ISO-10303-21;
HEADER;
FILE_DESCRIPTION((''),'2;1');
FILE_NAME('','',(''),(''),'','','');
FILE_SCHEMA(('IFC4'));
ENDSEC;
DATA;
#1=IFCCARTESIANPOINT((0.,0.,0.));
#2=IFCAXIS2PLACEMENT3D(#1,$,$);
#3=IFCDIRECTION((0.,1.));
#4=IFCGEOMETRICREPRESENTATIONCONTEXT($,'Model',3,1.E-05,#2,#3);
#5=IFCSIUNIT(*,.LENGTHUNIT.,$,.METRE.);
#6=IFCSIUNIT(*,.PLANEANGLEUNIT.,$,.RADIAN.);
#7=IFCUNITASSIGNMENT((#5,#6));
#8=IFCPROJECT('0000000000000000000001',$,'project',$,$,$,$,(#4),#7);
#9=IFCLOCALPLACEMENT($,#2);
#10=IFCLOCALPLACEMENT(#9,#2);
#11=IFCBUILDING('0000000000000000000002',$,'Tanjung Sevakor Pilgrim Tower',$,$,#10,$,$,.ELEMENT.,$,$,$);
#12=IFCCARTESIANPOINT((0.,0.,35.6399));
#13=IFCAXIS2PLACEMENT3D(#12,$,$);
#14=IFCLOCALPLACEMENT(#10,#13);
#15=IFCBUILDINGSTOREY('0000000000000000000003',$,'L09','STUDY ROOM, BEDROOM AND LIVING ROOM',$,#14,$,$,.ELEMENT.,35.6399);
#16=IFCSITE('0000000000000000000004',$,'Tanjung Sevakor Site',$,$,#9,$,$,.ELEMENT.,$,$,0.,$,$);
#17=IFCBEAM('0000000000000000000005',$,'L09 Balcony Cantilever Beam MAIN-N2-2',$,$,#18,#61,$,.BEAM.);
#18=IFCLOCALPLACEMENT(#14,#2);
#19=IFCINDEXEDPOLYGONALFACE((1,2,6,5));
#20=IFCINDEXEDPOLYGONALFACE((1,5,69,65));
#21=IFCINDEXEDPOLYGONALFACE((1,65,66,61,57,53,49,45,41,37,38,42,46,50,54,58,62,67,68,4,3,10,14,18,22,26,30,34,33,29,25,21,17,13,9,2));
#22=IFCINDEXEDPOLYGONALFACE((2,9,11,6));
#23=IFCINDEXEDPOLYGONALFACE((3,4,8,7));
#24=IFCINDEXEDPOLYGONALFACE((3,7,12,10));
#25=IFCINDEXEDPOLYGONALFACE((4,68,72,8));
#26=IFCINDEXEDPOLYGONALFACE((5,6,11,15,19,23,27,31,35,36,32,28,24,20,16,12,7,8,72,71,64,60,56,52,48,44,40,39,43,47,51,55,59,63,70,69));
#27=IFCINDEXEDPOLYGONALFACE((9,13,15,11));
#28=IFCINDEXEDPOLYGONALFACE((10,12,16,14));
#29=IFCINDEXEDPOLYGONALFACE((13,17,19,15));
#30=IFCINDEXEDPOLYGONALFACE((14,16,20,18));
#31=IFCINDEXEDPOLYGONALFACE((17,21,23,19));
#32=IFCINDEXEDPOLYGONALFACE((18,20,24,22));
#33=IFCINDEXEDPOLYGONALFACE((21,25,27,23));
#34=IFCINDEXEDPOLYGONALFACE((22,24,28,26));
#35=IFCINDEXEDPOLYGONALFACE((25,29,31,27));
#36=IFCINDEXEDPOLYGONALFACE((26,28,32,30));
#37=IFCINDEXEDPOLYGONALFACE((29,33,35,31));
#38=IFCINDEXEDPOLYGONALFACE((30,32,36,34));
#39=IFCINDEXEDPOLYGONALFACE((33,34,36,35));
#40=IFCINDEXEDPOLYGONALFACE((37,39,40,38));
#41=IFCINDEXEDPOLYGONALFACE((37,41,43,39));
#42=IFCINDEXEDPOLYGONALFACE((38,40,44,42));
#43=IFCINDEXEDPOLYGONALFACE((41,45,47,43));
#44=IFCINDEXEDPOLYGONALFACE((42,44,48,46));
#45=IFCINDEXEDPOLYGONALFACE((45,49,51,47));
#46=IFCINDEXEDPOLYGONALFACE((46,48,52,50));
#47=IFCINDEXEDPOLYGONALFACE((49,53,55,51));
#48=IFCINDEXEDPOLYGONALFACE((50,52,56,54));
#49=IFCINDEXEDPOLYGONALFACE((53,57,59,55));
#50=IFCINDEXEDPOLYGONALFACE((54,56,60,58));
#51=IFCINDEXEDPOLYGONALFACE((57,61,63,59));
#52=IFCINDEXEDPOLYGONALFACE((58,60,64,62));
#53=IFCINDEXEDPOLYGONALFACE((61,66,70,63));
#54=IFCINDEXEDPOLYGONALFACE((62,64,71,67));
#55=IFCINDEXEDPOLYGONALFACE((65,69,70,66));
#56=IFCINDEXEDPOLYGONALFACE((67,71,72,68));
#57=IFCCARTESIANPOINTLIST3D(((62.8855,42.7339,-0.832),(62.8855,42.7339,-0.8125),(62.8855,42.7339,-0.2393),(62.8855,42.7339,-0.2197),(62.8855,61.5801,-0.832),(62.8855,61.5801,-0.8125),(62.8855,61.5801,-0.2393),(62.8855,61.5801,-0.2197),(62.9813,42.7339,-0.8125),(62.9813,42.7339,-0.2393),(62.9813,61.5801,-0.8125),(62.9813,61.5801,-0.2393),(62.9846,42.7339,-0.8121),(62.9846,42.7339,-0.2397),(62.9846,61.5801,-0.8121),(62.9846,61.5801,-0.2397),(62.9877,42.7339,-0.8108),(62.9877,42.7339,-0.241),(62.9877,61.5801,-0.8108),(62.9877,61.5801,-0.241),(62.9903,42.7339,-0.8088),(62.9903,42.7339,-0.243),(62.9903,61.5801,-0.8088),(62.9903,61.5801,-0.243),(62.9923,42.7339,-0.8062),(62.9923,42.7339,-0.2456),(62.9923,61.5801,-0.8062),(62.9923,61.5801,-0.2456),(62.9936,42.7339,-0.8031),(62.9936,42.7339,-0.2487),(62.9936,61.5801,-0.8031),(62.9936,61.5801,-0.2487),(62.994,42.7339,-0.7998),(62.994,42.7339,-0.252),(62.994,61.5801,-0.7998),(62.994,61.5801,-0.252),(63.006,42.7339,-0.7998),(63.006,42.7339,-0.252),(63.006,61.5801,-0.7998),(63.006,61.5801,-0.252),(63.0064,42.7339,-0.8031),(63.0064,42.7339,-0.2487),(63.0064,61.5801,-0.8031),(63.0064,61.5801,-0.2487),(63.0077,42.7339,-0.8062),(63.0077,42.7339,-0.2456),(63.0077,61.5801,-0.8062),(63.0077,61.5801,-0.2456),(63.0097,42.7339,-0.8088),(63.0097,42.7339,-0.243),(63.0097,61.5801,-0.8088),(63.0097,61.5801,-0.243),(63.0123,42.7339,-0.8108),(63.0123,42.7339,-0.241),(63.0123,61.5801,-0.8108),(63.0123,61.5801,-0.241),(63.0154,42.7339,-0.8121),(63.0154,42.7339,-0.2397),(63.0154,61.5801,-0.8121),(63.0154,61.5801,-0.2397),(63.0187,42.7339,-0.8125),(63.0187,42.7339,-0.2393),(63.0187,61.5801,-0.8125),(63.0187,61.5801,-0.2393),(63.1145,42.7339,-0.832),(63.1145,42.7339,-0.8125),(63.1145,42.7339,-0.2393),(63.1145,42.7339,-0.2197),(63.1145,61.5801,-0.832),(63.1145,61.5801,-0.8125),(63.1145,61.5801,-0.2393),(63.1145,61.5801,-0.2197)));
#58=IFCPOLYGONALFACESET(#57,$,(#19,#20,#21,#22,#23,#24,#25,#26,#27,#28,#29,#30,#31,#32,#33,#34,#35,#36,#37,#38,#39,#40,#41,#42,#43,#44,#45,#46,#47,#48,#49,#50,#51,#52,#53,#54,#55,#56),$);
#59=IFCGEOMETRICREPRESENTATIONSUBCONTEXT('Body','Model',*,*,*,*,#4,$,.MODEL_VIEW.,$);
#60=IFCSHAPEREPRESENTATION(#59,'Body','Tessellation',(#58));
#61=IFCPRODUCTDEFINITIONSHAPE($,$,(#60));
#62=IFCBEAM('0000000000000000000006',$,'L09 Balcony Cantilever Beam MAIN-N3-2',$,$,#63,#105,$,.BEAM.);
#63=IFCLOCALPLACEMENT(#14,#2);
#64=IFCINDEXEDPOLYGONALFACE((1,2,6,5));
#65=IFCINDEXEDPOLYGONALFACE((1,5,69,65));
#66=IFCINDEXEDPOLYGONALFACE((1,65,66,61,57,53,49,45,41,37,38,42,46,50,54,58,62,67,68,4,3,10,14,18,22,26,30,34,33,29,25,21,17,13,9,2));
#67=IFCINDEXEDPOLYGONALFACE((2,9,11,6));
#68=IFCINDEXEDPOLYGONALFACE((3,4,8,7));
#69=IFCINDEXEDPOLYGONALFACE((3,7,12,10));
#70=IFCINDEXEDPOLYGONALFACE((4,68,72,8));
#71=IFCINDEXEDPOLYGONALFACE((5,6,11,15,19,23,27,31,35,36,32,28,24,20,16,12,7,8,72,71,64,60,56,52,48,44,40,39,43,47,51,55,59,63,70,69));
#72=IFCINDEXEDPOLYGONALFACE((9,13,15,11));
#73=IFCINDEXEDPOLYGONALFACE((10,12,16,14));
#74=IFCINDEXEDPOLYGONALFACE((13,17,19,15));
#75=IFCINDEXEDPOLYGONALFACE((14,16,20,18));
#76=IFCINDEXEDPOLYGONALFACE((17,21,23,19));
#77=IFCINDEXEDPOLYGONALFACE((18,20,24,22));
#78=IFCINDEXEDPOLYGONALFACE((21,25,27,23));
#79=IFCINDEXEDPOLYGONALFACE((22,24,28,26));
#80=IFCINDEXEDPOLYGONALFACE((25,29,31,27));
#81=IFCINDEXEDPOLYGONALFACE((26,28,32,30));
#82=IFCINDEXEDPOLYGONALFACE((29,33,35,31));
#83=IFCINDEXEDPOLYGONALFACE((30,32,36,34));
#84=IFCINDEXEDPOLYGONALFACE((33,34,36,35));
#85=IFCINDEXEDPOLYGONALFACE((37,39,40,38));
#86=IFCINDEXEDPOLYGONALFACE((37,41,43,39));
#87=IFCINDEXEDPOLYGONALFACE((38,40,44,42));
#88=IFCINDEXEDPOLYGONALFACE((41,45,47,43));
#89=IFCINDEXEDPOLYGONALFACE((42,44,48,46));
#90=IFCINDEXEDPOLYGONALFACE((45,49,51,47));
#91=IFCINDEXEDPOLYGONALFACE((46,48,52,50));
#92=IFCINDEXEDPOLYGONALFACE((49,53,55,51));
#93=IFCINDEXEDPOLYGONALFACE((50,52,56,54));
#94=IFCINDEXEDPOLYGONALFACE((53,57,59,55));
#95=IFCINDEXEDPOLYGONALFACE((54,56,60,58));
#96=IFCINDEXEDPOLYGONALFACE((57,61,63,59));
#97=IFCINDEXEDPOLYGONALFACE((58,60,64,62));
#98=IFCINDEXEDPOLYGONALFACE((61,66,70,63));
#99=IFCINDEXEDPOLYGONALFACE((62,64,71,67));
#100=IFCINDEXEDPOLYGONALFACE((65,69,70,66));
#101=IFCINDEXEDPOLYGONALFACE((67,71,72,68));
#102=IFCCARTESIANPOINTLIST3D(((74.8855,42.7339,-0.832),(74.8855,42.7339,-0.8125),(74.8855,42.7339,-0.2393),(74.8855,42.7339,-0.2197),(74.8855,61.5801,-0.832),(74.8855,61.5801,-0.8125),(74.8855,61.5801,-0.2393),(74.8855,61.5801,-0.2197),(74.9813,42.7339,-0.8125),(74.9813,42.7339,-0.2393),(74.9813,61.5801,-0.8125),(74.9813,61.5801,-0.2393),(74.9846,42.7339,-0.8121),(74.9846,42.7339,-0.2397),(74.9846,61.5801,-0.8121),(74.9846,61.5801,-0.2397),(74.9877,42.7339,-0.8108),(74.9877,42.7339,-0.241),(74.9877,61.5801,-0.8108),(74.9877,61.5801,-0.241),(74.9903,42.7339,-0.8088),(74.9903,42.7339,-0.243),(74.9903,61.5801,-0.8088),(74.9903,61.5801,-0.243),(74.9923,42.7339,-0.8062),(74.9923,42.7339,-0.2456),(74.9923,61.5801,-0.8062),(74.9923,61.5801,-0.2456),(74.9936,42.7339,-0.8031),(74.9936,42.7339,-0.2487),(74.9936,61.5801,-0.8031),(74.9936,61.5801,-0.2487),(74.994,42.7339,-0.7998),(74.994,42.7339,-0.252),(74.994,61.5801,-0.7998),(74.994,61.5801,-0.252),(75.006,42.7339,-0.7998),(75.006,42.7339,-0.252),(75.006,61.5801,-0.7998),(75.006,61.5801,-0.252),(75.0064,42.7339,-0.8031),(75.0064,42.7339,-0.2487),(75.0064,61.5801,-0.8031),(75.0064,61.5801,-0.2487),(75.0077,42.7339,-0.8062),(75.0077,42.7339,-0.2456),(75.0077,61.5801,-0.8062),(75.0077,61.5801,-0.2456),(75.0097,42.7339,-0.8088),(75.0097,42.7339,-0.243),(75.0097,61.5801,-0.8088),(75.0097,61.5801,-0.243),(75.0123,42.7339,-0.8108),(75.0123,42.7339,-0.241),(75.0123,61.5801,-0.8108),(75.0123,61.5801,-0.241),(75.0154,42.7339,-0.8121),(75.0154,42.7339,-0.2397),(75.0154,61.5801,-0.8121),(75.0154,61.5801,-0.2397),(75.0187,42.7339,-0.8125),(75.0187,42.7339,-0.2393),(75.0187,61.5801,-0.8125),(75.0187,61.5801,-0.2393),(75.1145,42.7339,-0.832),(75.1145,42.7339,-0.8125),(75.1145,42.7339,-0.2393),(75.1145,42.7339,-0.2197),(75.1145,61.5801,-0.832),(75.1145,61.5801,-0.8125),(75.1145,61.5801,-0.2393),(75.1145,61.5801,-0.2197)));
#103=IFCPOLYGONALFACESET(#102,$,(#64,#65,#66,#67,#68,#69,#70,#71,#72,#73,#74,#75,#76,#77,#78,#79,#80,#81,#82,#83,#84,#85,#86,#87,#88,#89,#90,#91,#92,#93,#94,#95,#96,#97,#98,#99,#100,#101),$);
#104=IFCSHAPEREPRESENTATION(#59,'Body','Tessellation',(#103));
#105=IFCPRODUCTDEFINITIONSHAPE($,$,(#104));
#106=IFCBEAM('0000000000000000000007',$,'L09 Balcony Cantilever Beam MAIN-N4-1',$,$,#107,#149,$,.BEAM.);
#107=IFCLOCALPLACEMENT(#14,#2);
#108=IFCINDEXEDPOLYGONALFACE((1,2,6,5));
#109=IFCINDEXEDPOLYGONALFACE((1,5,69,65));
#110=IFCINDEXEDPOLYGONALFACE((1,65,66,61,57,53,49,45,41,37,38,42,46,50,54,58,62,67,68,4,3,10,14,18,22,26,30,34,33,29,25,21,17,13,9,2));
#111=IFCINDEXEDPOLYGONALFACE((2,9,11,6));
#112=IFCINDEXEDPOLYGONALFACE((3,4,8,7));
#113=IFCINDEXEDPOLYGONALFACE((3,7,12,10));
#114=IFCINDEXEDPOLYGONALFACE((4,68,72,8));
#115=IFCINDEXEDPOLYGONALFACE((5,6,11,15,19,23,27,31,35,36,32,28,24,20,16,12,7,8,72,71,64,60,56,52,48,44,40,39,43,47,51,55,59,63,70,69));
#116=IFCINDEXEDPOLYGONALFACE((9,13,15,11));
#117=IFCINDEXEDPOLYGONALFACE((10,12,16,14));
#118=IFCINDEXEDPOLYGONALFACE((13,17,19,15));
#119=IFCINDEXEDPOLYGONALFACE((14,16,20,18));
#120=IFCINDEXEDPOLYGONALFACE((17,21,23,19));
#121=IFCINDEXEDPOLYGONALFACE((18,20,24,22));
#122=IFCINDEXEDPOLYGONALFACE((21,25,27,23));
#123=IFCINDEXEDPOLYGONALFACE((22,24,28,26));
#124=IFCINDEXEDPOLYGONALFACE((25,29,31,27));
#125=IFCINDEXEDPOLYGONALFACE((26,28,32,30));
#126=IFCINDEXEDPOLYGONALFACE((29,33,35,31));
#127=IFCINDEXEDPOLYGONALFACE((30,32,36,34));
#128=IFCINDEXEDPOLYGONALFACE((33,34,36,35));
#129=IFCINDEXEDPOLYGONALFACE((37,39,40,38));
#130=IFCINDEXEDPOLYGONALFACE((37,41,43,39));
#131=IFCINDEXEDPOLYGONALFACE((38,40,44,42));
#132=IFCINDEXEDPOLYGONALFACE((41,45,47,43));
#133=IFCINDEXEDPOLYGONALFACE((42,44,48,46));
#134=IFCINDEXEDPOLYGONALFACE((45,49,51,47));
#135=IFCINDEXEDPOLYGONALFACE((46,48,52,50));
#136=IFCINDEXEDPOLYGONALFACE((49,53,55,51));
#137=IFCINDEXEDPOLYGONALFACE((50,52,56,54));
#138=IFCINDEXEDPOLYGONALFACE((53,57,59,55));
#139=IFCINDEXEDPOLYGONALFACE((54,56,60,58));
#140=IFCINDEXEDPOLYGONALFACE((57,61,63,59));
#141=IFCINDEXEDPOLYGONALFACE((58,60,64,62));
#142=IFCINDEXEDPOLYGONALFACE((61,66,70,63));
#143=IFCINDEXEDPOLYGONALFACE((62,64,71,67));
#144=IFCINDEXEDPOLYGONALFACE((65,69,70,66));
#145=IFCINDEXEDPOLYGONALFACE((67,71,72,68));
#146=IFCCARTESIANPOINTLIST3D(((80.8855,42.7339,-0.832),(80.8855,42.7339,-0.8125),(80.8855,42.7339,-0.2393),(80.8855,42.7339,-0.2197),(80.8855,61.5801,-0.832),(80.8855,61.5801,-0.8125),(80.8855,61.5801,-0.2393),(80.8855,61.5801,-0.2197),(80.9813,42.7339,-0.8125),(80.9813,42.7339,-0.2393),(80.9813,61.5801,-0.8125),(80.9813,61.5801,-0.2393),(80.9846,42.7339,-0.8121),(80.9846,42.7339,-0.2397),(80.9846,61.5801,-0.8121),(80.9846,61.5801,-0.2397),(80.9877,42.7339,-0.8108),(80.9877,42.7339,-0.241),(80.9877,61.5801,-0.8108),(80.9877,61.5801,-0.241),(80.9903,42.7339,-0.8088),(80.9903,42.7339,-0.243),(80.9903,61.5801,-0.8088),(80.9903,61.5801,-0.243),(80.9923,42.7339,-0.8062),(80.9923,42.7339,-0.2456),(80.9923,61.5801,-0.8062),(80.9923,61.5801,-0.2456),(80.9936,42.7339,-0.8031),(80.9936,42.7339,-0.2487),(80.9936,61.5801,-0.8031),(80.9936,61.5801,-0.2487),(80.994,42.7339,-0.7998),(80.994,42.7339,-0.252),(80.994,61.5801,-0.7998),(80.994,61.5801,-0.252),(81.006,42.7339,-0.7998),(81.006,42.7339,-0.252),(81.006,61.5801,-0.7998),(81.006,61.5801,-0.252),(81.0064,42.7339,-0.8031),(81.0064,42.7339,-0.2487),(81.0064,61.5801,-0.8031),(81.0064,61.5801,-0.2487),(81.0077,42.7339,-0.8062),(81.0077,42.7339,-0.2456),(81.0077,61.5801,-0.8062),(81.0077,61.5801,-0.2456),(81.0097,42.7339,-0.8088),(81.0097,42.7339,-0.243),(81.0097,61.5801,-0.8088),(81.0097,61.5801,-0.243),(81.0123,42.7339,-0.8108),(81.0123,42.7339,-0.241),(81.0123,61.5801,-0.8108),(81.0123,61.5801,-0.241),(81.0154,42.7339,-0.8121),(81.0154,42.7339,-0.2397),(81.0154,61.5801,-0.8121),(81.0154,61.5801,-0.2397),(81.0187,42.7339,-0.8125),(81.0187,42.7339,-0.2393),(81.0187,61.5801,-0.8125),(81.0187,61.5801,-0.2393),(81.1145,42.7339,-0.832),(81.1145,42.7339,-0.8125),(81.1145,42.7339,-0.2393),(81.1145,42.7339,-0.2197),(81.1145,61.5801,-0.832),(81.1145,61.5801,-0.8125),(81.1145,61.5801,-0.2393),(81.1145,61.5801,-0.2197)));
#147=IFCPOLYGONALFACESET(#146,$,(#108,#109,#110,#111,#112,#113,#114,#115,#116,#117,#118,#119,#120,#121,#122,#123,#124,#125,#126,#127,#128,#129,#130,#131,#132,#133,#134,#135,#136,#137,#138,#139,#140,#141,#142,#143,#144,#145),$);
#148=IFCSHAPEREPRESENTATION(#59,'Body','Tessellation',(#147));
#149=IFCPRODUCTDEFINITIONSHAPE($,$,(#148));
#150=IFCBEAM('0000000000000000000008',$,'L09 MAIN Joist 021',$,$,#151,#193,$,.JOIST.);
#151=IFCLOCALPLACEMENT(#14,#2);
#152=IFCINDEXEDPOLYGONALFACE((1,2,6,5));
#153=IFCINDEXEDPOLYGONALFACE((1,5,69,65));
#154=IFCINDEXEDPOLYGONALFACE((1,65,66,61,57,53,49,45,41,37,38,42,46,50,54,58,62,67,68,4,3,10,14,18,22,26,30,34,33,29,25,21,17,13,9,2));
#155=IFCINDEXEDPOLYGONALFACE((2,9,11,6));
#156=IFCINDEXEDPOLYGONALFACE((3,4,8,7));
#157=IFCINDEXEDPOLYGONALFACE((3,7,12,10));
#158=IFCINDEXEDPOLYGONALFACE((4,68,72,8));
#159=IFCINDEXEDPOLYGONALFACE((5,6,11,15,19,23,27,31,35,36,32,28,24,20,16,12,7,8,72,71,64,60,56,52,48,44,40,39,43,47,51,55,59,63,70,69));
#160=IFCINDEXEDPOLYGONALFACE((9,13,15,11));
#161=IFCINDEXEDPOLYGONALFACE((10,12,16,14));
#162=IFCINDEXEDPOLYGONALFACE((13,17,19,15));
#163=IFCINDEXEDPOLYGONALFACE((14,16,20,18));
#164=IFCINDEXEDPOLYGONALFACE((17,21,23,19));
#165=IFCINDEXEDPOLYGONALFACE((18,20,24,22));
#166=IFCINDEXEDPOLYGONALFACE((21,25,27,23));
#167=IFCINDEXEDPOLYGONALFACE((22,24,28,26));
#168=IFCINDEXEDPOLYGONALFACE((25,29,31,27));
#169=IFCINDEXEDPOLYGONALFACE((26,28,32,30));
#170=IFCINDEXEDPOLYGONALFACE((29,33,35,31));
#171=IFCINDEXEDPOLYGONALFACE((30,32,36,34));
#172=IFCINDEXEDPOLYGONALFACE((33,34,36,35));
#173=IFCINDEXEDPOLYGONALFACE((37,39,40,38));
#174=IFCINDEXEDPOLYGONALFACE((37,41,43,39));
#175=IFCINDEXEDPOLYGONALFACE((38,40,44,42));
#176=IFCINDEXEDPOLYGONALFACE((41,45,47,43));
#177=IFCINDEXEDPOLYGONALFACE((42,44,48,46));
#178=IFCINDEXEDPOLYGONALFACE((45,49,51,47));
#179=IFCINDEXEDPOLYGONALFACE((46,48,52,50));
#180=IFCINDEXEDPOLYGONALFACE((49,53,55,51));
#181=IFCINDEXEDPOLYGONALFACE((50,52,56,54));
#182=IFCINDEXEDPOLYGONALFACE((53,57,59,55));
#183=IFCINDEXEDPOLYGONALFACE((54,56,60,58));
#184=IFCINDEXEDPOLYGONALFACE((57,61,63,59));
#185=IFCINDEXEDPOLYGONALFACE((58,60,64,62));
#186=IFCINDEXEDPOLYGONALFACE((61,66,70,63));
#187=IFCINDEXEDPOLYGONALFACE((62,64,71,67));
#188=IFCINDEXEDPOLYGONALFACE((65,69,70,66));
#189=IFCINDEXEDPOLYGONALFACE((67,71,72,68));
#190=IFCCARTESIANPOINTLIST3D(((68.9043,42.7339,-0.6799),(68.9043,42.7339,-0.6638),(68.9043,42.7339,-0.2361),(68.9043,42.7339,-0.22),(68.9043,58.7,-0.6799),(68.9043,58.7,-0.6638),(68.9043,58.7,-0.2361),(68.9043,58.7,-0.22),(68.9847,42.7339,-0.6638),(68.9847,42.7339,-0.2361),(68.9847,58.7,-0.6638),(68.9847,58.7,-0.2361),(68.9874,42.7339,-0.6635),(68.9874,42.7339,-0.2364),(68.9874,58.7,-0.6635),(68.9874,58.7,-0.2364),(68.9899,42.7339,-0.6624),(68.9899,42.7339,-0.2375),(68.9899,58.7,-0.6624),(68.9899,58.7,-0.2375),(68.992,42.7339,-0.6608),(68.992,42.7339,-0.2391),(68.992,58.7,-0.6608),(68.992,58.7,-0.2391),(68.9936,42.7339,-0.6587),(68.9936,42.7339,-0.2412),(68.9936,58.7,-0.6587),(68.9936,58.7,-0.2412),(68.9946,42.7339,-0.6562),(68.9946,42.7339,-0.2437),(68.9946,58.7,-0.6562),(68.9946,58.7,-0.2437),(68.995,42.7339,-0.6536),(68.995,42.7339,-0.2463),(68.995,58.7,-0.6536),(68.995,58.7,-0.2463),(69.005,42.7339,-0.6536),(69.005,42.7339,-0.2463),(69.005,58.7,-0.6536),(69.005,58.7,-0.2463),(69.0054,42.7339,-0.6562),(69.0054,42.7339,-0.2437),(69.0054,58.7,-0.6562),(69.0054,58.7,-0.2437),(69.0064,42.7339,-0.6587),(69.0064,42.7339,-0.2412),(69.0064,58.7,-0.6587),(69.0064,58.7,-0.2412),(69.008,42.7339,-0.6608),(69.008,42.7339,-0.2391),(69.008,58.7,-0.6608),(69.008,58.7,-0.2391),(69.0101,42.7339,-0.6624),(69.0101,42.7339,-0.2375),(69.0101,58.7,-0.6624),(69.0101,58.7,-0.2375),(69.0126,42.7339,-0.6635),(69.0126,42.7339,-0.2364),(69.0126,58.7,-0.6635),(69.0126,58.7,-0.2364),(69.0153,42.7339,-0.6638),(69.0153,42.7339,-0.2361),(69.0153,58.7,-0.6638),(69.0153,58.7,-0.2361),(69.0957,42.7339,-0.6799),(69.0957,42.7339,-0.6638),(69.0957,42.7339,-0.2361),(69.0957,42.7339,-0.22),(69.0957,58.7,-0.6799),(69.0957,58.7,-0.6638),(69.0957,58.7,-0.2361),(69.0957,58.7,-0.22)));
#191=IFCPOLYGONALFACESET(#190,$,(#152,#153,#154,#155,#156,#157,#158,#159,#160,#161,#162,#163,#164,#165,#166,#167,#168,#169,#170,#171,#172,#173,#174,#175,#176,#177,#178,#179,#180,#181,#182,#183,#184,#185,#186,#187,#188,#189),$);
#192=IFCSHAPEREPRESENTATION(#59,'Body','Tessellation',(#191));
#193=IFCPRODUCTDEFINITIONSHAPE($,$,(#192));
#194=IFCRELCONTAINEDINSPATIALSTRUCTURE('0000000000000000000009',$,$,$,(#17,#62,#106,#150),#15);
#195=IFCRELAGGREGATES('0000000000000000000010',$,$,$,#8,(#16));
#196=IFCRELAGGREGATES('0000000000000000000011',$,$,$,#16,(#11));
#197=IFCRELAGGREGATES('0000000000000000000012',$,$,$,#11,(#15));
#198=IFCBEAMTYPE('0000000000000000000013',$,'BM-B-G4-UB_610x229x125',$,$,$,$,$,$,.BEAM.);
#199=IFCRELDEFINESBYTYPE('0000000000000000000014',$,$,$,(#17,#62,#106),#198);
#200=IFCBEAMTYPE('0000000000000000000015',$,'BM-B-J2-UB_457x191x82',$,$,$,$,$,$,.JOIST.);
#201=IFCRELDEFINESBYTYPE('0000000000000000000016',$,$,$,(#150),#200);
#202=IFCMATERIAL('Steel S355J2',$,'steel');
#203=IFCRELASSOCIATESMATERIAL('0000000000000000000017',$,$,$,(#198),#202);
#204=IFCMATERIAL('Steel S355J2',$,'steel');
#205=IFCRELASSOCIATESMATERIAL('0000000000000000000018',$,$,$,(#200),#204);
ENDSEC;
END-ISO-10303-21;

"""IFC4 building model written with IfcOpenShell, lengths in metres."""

from ifc_helpers import new_model, si_unit, direction, frame, origin, origin_2d, place, context, subcontext, project, spatial, i_section, extrude, material, material_profile, profile_set, type_object, element, save


model = new_model("IFC4")

# Units and contexts
model_context = context("Model", 3, precision=1e-05, world=origin(), true_north=direction((0.0, 1.0)))
body_context = subcontext(model_context, "Body", "Model", "MODEL_VIEW")
ifc_project = project(units=[si_unit("LENGTHUNIT", "METRE"), si_unit("PLANEANGLEUNIT", "RADIAN")], contexts=[model_context])

# Site, building, storey
site_placement = place(None, origin())
site = spatial("IfcSite", under=ifc_project, at=site_placement, Name="Tanjung Sevakor Site", CompositionType="ELEMENT", RefElevation=0.0)
building_placement = place(site_placement, origin())
building = spatial("IfcBuilding", under=site, at=building_placement, Name="Tanjung Sevakor Pilgrim Tower", CompositionType="ELEMENT")
storey_placement = place(building_placement, frame((0.0, 0.0, 35.6399)))
storey = spatial("IfcBuildingStorey", under=building, at=storey_placement, Name="L09", Description="STUDY ROOM, BEDROOM AND LIVING ROOM", CompositionType="ELEMENT", Elevation=35.6399)

# Beams
ifc_material_1 = material(Name="Steel S355J2", Category="steel")
ifc_material_profile_1 = material_profile(ifc_material_1, i_section(OverallWidth=0.229, OverallDepth=0.6123, WebThickness=0.012, FlangeThickness=0.0195, FilletRadius=0.0127, at=origin_2d()))
ifc_profile_set_1 = profile_set([ifc_material_profile_1], Name="Steel S355J2")
beam_type_1 = type_object("IfcBeamType", Name="BM-B-G4-UB_610x229x125", PredefinedType="BEAM", material=ifc_profile_set_1)
for number, where, z_axis, x_axis, name in (
    (1, (63.0, 42.7339, -0.5259), (0.0, 1.0, 0.0), (-1.0, 0.0, 0.0), "L09 Balcony Cantilever Beam MAIN-N2-2"),
    (2, (75.0, 42.7339, -0.5259), (0.0, 1.0, 0.0), (-1.0, 0.0, 0.0), "L09 Balcony Cantilever Beam MAIN-N3-2"),
    (3, (81.0, 42.7339, -0.5259), (0.0, 1.0, 0.0), (-1.0, 0.0, 0.0), "L09 Balcony Cantilever Beam MAIN-N4-1"),
):
    element("IfcBeam", number, at=place(storey_placement, frame(where, z_axis=z_axis, x_axis=x_axis)), inside=storey, type_object=beam_type_1, Name=name, PredefinedType="BEAM", context=body_context, shape_type="SweptSolid", body=[
        extrude(i_section(OverallWidth=0.229, OverallDepth=0.6123, WebThickness=0.012, FlangeThickness=0.0195, FilletRadius=0.0127, at=origin_2d()), origin(), (0.0, 0.0, 1.0), 18.8462),
    ])
ifc_material_2 = material(Name="Steel S355J2", Category="steel")
ifc_material_profile_2 = material_profile(ifc_material_2, i_section(OverallWidth=0.1914, OverallDepth=0.46, WebThickness=0.01, FlangeThickness=0.0161, FilletRadius=0.0103, at=origin_2d()))
ifc_profile_set_2 = profile_set([ifc_material_profile_2], Name="Steel S355J2")
beam_type_2 = type_object("IfcBeamType", Name="BM-B-J2-UB_457x191x82", PredefinedType="JOIST", material=ifc_profile_set_2)
beam_1_placement = place(storey_placement, frame((69.0, 42.7339, -0.45), z_axis=(0.0, 1.0, 0.0), x_axis=(-1.0, 0.0, 0.0)))
element("IfcBeam", 4, at=beam_1_placement, inside=storey, type_object=beam_type_2, Name="L09 MAIN Joist 021", PredefinedType="JOIST", context=body_context, shape_type="SweptSolid", body=[
    extrude(i_section(OverallWidth=0.1914, OverallDepth=0.46, WebThickness=0.01, FlangeThickness=0.0161, FilletRadius=0.0103, at=origin_2d()), origin(), (0.0, 0.0, 1.0), 15.9661),
])

save(model, "model.ifc")
